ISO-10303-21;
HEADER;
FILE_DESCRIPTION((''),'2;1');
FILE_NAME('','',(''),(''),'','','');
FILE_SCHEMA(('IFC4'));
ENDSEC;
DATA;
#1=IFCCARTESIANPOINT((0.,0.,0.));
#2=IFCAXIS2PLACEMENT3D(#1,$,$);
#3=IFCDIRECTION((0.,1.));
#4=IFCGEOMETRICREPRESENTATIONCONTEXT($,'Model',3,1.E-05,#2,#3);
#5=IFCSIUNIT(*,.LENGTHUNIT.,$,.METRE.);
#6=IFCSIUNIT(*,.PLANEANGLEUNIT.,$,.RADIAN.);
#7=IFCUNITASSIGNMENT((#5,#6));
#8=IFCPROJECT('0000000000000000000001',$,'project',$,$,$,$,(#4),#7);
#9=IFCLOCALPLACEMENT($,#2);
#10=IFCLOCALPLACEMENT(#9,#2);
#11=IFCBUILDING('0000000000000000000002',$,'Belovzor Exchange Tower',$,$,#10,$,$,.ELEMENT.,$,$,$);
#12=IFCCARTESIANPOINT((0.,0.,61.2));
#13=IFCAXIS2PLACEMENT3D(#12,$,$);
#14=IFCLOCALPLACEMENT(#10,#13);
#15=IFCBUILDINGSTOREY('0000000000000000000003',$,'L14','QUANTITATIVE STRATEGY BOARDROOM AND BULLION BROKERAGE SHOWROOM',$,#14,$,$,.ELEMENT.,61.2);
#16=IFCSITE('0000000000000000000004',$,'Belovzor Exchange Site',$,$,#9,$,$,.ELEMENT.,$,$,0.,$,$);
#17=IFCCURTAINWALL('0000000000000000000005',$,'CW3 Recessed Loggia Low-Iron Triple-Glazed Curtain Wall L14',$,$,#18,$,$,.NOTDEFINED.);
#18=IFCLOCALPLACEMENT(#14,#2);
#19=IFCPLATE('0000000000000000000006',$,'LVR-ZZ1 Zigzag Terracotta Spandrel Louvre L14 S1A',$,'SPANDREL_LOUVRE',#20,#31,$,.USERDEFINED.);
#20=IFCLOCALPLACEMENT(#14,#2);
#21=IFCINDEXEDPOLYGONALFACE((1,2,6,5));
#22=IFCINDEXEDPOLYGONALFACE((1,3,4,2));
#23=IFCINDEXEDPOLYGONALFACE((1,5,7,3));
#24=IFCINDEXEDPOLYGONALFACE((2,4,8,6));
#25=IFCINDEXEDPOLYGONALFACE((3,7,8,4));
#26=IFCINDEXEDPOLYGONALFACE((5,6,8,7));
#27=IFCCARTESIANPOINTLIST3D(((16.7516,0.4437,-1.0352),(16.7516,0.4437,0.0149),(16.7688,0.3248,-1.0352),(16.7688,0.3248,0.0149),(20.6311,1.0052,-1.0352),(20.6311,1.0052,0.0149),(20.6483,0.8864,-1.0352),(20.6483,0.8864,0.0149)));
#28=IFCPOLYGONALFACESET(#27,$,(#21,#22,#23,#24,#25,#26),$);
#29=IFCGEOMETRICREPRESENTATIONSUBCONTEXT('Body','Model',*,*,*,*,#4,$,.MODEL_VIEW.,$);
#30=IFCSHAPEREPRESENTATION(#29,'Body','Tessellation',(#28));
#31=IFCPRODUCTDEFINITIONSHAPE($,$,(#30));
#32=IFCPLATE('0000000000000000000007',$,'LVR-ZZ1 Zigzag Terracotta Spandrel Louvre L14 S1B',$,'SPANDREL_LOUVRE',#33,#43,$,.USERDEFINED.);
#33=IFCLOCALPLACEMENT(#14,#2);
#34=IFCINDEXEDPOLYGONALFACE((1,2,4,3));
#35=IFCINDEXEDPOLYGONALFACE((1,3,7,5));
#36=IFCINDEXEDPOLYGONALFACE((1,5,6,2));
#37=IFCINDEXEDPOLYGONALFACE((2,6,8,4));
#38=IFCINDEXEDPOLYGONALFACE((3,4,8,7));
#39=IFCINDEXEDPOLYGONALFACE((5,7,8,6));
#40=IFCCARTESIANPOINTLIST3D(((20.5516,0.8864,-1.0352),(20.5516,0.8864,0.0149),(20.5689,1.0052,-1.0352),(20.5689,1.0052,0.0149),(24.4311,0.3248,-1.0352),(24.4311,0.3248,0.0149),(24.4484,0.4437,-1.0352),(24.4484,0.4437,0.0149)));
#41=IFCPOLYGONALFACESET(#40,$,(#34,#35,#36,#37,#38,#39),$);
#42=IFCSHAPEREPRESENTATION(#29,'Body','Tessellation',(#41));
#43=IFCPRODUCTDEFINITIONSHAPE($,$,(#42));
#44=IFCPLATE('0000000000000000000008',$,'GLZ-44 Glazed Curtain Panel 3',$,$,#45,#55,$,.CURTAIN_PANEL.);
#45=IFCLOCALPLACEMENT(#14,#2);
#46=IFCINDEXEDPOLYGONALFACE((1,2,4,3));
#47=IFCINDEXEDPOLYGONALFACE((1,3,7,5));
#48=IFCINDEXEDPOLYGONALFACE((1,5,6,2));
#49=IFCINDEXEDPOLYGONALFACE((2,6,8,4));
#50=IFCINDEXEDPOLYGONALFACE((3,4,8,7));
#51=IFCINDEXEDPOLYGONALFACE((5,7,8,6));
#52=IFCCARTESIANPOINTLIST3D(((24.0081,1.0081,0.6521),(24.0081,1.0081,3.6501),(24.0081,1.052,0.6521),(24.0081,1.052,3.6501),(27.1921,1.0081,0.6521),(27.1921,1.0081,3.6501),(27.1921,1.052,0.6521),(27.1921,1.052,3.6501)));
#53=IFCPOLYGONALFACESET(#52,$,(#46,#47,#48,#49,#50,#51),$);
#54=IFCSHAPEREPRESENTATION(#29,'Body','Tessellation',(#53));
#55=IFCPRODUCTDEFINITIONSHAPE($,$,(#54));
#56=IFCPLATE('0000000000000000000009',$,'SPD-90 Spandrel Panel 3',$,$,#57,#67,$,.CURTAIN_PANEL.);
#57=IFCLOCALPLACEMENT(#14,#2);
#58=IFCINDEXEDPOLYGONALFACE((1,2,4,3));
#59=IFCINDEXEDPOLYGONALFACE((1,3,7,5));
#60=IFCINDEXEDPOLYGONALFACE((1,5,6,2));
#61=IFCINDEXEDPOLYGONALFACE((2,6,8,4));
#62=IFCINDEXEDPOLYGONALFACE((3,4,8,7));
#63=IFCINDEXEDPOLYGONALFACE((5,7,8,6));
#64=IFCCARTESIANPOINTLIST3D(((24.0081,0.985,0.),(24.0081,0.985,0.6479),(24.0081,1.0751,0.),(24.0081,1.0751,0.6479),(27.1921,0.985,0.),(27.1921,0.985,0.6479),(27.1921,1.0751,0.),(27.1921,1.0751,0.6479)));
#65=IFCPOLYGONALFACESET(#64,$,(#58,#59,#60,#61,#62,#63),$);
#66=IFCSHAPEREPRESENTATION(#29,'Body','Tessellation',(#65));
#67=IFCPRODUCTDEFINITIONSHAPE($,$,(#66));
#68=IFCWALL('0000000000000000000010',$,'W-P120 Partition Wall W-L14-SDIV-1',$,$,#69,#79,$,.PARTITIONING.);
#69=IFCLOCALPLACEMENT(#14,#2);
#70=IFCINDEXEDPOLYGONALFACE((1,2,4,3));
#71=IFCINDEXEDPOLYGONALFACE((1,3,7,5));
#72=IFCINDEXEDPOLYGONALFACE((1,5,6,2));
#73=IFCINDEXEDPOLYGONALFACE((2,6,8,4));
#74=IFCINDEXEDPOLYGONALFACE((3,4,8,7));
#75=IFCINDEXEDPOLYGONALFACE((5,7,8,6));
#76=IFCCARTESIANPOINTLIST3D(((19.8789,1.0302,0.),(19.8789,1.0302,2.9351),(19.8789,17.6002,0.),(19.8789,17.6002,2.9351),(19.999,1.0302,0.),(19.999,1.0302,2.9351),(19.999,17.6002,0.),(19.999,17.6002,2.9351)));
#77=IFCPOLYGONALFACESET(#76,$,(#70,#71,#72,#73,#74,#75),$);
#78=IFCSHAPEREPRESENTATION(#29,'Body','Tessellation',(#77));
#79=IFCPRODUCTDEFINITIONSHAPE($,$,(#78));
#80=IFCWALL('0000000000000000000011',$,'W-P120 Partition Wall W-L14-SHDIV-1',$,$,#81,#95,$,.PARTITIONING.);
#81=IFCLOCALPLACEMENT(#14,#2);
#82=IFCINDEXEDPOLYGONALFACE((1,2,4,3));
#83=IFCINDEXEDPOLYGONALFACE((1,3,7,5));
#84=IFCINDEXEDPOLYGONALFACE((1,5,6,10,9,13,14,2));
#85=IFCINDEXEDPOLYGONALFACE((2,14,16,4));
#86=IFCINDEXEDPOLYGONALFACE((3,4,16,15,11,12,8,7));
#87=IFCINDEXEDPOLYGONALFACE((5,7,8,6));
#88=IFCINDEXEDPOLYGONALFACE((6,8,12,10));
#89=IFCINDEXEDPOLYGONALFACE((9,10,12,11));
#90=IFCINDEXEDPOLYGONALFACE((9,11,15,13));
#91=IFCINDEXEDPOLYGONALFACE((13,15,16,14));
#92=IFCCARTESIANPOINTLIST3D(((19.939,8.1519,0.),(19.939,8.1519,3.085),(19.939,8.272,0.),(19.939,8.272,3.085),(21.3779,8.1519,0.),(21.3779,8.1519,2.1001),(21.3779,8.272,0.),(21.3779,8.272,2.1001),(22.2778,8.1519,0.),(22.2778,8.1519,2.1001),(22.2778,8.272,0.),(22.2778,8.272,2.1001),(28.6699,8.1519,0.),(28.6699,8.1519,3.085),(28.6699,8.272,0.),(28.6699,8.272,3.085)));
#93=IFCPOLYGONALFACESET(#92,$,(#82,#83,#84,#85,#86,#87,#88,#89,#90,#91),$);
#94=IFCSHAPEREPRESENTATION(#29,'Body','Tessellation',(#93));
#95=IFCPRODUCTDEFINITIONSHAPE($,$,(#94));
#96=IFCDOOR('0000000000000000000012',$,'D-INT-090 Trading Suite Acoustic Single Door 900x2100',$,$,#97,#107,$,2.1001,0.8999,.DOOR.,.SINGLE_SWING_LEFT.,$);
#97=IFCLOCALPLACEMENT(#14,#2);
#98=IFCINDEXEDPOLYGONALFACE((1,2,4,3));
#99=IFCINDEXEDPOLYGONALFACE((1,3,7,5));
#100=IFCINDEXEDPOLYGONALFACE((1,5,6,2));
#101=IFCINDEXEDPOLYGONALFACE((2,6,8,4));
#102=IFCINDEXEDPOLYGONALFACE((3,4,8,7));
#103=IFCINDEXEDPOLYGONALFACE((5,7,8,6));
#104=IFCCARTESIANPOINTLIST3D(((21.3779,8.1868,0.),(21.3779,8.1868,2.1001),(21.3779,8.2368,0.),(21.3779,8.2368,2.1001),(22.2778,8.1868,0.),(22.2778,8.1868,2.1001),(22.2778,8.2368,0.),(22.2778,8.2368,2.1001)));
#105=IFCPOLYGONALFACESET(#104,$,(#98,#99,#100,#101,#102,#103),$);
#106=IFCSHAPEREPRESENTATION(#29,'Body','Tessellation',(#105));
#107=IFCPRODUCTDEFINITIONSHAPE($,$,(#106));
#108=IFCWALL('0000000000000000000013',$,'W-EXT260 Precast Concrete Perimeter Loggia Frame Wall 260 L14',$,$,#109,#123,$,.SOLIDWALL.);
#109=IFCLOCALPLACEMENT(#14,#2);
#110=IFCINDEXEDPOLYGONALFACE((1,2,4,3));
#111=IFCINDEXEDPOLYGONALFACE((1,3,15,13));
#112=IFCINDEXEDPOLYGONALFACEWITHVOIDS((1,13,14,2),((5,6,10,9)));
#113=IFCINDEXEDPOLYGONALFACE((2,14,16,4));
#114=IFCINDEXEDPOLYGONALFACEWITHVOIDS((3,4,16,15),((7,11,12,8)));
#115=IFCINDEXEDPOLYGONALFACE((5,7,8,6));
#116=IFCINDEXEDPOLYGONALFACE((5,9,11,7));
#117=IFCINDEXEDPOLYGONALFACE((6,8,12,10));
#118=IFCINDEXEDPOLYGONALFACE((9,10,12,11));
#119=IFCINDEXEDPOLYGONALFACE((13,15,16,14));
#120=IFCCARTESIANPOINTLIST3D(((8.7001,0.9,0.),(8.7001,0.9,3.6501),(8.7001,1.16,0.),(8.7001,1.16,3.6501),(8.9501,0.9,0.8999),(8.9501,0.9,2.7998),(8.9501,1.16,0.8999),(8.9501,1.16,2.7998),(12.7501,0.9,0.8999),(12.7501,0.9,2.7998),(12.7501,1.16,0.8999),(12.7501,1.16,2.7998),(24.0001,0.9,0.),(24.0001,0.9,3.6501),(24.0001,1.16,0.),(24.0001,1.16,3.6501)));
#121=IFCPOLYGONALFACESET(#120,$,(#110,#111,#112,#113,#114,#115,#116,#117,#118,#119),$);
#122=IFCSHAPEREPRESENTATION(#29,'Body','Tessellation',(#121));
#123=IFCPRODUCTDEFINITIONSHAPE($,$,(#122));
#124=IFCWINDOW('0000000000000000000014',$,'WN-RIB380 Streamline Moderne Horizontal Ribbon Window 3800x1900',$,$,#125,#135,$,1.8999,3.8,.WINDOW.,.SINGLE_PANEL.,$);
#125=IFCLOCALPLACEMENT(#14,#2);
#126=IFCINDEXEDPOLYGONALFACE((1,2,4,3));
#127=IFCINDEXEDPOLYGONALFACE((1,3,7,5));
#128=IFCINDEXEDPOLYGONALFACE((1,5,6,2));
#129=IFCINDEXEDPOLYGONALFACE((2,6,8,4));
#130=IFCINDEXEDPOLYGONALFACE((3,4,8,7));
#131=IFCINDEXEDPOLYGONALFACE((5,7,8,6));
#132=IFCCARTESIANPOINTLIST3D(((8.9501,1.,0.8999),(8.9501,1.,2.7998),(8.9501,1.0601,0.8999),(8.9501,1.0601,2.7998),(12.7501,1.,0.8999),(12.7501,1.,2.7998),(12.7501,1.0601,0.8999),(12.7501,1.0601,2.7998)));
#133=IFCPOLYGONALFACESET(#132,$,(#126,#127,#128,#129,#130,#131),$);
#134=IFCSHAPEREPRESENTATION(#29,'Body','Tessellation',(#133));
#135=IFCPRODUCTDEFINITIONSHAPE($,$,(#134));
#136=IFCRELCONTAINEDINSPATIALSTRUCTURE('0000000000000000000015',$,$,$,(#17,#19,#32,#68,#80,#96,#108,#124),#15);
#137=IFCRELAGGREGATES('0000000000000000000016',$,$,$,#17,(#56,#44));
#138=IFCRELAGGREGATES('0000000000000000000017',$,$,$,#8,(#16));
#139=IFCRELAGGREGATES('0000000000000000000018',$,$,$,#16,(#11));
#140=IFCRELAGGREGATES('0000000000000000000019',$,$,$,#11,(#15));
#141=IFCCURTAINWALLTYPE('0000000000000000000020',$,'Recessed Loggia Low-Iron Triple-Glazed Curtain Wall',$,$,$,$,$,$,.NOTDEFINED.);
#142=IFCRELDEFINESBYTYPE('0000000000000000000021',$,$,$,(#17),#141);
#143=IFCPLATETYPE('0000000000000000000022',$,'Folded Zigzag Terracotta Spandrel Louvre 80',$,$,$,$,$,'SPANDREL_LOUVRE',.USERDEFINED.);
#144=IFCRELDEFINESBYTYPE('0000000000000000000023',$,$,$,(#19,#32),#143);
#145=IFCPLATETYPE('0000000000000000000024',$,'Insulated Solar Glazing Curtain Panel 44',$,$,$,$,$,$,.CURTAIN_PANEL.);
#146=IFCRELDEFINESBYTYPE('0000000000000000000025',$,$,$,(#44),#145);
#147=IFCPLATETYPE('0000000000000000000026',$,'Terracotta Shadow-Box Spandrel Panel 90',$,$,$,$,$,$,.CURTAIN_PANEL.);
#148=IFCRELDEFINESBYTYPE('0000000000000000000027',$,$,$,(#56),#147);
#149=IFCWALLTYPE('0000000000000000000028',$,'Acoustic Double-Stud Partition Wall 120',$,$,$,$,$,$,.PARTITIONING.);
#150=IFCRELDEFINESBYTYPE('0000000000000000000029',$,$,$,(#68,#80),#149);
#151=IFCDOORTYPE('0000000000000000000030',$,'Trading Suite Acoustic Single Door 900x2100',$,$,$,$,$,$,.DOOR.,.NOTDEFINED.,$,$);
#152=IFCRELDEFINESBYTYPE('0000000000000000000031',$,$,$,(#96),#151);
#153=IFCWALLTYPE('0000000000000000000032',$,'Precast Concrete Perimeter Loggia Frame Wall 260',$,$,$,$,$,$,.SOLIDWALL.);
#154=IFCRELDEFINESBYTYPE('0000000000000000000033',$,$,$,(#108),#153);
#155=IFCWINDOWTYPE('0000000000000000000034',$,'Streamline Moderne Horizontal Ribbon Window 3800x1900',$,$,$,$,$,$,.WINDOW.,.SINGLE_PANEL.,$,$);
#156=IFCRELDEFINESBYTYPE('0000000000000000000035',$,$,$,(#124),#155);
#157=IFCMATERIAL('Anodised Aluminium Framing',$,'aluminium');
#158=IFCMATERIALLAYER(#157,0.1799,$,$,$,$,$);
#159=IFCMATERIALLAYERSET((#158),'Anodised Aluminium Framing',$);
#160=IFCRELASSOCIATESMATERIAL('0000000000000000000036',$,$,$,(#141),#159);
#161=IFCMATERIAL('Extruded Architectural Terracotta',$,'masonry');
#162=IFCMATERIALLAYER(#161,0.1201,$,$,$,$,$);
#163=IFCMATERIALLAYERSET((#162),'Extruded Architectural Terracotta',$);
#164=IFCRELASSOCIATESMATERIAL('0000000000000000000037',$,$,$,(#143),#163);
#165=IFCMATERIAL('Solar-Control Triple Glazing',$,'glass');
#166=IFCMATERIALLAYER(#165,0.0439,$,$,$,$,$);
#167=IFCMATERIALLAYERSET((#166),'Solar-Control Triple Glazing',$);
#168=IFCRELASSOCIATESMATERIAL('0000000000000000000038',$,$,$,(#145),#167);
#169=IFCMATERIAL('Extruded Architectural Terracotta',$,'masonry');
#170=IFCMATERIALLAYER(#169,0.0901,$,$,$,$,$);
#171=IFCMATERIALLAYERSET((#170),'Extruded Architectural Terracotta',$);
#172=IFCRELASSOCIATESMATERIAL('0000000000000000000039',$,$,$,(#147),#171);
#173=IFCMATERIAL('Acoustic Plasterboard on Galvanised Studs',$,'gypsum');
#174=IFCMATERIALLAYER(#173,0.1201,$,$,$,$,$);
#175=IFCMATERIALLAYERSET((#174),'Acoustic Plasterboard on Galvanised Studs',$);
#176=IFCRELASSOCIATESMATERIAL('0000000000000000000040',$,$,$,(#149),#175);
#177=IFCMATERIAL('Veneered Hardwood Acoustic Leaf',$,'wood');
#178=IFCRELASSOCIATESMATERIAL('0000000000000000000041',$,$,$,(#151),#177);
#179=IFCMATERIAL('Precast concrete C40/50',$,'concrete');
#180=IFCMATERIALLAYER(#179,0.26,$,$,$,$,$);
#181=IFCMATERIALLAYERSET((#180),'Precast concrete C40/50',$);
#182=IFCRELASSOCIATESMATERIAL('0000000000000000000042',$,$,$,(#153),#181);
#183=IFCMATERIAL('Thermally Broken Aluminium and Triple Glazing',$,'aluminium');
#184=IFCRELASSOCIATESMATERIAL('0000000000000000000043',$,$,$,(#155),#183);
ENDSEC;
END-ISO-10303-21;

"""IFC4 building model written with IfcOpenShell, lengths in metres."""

from ifc_helpers import new_model, si_unit, direction, frame, frame_2d, origin, origin_2d, place, context, subcontext, project, spatial, rectangle, extrude, material, layer, layer_set, type_object, element, fill, aggregate, save


model = new_model("IFC4")

# Units and contexts
model_context = context("Model", 3, precision=1e-05, world=origin(), true_north=direction((0.0, 1.0)))
body_context = subcontext(model_context, "Body", "Model", "MODEL_VIEW")
ifc_project = project(units=[si_unit("LENGTHUNIT", "METRE"), si_unit("PLANEANGLEUNIT", "RADIAN")], contexts=[model_context])

# Site, building, storey
site_placement = place(None, origin())
site = spatial("IfcSite", under=ifc_project, at=site_placement, Name="Belovzor Exchange Site", CompositionType="ELEMENT", RefElevation=0.0)
building_placement = place(site_placement, origin())
building = spatial("IfcBuilding", under=site, at=building_placement, Name="Belovzor Exchange Tower", CompositionType="ELEMENT")
storey_placement = place(building_placement, frame((0.0, 0.0, 61.2)))
storey = spatial("IfcBuildingStorey", under=building, at=storey_placement, Name="L14", Description="QUANTITATIVE STRATEGY BOARDROOM AND BULLION BROKERAGE SHOWROOM", CompositionType="ELEMENT", Elevation=61.2)

# Curtain wall
ifc_material_1 = material(Name="Anodised Aluminium Framing", Category="aluminium")
ifc_layer_1 = layer(ifc_material_1, 0.1799)
ifc_layer_set_1 = layer_set([ifc_layer_1], Name="Anodised Aluminium Framing")
curtain_wall_type = type_object("IfcCurtainWallType", Name="Recessed Loggia Low-Iron Triple-Glazed Curtain Wall", PredefinedType="NOTDEFINED", material=ifc_layer_set_1)
curtain_wall_placement = place(storey_placement, origin())
curtain_wall = element("IfcCurtainWall", 1, at=curtain_wall_placement, inside=storey, type_object=curtain_wall_type, Name="CW3 Recessed Loggia Low-Iron Triple-Glazed Curtain Wall L14", PredefinedType="NOTDEFINED")

# Plates
ifc_material_2 = material(Name="Extruded Architectural Terracotta", Category="masonry")
ifc_layer_2 = layer(ifc_material_2, 0.1201)
ifc_layer_set_2 = layer_set([ifc_layer_2], Name="Extruded Architectural Terracotta")
plate_type_1 = type_object("IfcPlateType", Name="Folded Zigzag Terracotta Spandrel Louvre 80", ElementType="SPANDREL_LOUVRE", PredefinedType="USERDEFINED", material=ifc_layer_set_2)
for number, where, z_axis, x_axis, name in (
    (2, (18.7, 0.665, -1.0352), (0.0, 0.0, 1.0), (0.989686, 0.143251, 0.0), "LVR-ZZ1 Zigzag Terracotta Spandrel Louvre L14 S1A"),
    (3, (22.5, 0.665, -1.0352), (0.0, 0.0, 1.0), (0.989686, -0.143251, 0.0), "LVR-ZZ1 Zigzag Terracotta Spandrel Louvre L14 S1B"),
):
    element("IfcPlate", number, at=place(storey_placement, frame(where, z_axis=z_axis, x_axis=x_axis)), inside=storey, type_object=plate_type_1, Name=name, ObjectType="SPANDREL_LOUVRE", PredefinedType="USERDEFINED", context=body_context, shape_type="SweptSolid", body=[
        extrude(rectangle(XDim=3.9199, YDim=0.1201, at=origin_2d()), origin(), (0.0, 0.0, 1.0), 1.05),
    ])

# Plates
ifc_material_3 = material(Name="Solar-Control Triple Glazing", Category="glass")
ifc_layer_3 = layer(ifc_material_3, 0.0439)
ifc_layer_set_3 = layer_set([ifc_layer_3], Name="Solar-Control Triple Glazing")
plate_type_2 = type_object("IfcPlateType", Name="Insulated Solar Glazing Curtain Panel 44", PredefinedType="CURTAIN_PANEL", material=ifc_layer_set_3)
plate_1_placement = place(storey_placement, frame((25.6001, 1.03, 0.6521), z_axis=(0.0, 0.0, 1.0), x_axis=(-1.0, 0.0, 0.0)))
plate_1 = element("IfcPlate", 4, at=plate_1_placement, type_object=plate_type_2, Name="GLZ-44 Glazed Curtain Panel 3", PredefinedType="CURTAIN_PANEL", context=body_context, shape_type="SweptSolid", body=[
    extrude(rectangle(XDim=3.1841, YDim=0.0439, at=origin_2d()), origin(), (0.0, 0.0, 1.0), 2.998),
])
ifc_material_4 = material(Name="Extruded Architectural Terracotta", Category="masonry")
ifc_layer_4 = layer(ifc_material_4, 0.0901)
ifc_layer_set_4 = layer_set([ifc_layer_4], Name="Extruded Architectural Terracotta")
plate_type_3 = type_object("IfcPlateType", Name="Terracotta Shadow-Box Spandrel Panel 90", PredefinedType="CURTAIN_PANEL", material=ifc_layer_set_4)
plate_2_placement = place(storey_placement, frame((25.6001, 1.03, 0.0), z_axis=(0.0, 0.0, 1.0), x_axis=(-1.0, 0.0, 0.0)))
plate_2 = element("IfcPlate", 5, at=plate_2_placement, type_object=plate_type_3, Name="SPD-90 Spandrel Panel 3", PredefinedType="CURTAIN_PANEL", context=body_context, shape_type="SweptSolid", body=[
    extrude(rectangle(XDim=3.1841, YDim=0.0901, at=origin_2d()), origin(), (0.0, 0.0, 1.0), 0.6479),
])
aggregate(curtain_wall, [plate_2, plate_1])

# Wall
ifc_material_5 = material(Name="Acoustic Plasterboard on Galvanised Studs", Category="gypsum")
ifc_layer_5 = layer(ifc_material_5, 0.1201)
ifc_layer_set_5 = layer_set([ifc_layer_5], Name="Acoustic Plasterboard on Galvanised Studs")
wall_type_1 = type_object("IfcWallType", Name="Acoustic Double-Stud Partition Wall 120", PredefinedType="PARTITIONING", material=ifc_layer_set_5)
wall_1_placement = place(storey_placement, frame((19.939, 1.03, 0.0), z_axis=(0.0, 0.0, 1.0), x_axis=(0.0, 1.0, 0.0)))
element("IfcWall", 6, at=wall_1_placement, inside=storey, type_object=wall_type_1, Name="W-P120 Partition Wall W-L14-SDIV-1", PredefinedType="PARTITIONING", context=body_context, shape_type="SweptSolid", body=[
    extrude(rectangle(XDim=16.5701, YDim=0.1201, at=frame_2d((8.2852, 0.0))), origin(), (0.0, 0.0, 1.0), 2.9351),
])

# Wall, opening, door
wall_2_placement = place(storey_placement, frame((19.939, 8.2119, 0.0), z_axis=(0.0, 0.0, 1.0), x_axis=(1.0, 0.0, 0.0)))
wall_2 = element("IfcWall", 7, at=wall_2_placement, inside=storey, type_object=wall_type_1, Name="W-P120 Partition Wall W-L14-SHDIV-1", PredefinedType="PARTITIONING", context=body_context, shape_type="SweptSolid", body=[
    extrude(rectangle(XDim=8.731, YDim=0.1201, at=frame_2d((4.3655, 0.0))), origin(), (0.0, 0.0, 1.0), 3.085),
])
opening_1_placement = place(wall_2_placement, frame((1.439, 0.0, 0.0)))
opening_1 = element("IfcOpeningElement", 8, at=opening_1_placement, cuts=wall_2, PredefinedType="OPENING", context=body_context, shape_type="SweptSolid", body=[
    extrude(rectangle(XDim=0.8999, YDim=2.1001, at=frame_2d((0.45, 1.05))), frame((0.0, 0.0701, 0.0), z_axis=(0.0, -1.0, 0.0), x_axis=(1.0, 0.0, 0.0)), (0.0, 0.0, 1.0), 0.1401),
])
ifc_material_6 = material(Name="Veneered Hardwood Acoustic Leaf", Category="wood")
door_type = type_object("IfcDoorType", Name="Trading Suite Acoustic Single Door 900x2100", OperationType="NOTDEFINED", PredefinedType="DOOR", material=ifc_material_6)
door_placement = place(opening_1_placement, origin())
door = element("IfcDoor", 9, at=door_placement, inside=storey, type_object=door_type, Name="D-INT-090 Trading Suite Acoustic Single Door 900x2100", OperationType="SINGLE_SWING_LEFT", OverallHeight=2.1001, OverallWidth=0.8999, PredefinedType="DOOR", context=body_context, shape_type="SweptSolid", body=[
    extrude(rectangle(XDim=0.8999, YDim=2.1001, at=frame_2d((0.45, 1.05))), frame((0.0, 0.0249, 0.0), z_axis=(0.0, -1.0, 0.0), x_axis=(1.0, 0.0, 0.0)), (0.0, 0.0, 1.0), 0.05),
])
fill(opening_1, door)

# Wall, opening, window
ifc_material_7 = material(Name="Precast concrete C40/50", Category="concrete")
ifc_layer_6 = layer(ifc_material_7, 0.26)
ifc_layer_set_6 = layer_set([ifc_layer_6], Name="Precast concrete C40/50")
wall_type_2 = type_object("IfcWallType", Name="Precast Concrete Perimeter Loggia Frame Wall 260", PredefinedType="SOLIDWALL", material=ifc_layer_set_6)
wall_3_placement = place(storey_placement, frame((24.0, 1.03, 0.0), z_axis=(0.0, 0.0, 1.0), x_axis=(-1.0, 0.0, 0.0)))
wall_3 = element("IfcWall", 10, at=wall_3_placement, inside=storey, type_object=wall_type_2, Name="W-EXT260 Precast Concrete Perimeter Loggia Frame Wall 260 L14", PredefinedType="SOLIDWALL", context=body_context, shape_type="SweptSolid", body=[
    extrude(rectangle(XDim=15.3, YDim=0.26, at=frame_2d((7.6499, 0.0))), origin(), (0.0, 0.0, 1.0), 3.6501),
])
opening_2_placement = place(wall_3_placement, frame((11.25, 0.0, 0.8999)))
opening_2 = element("IfcOpeningElement", 11, at=opening_2_placement, cuts=wall_3, PredefinedType="OPENING", context=body_context, shape_type="SweptSolid", body=[
    extrude(rectangle(XDim=3.8, YDim=1.8999, at=frame_2d((1.8999, 0.95))), frame((0.0, 0.1399, 0.0), z_axis=(0.0, -1.0, 0.0), x_axis=(1.0, 0.0, 0.0)), (0.0, 0.0, 1.0), 0.28),
])
ifc_material_8 = material(Name="Thermally Broken Aluminium and Triple Glazing", Category="aluminium")
window_type = type_object("IfcWindowType", Name="Streamline Moderne Horizontal Ribbon Window 3800x1900", PartitioningType="SINGLE_PANEL", PredefinedType="WINDOW", material=ifc_material_8)
window_placement = place(opening_2_placement, origin())
window = element("IfcWindow", 12, at=window_placement, inside=storey, type_object=window_type, Name="WN-RIB380 Streamline Moderne Horizontal Ribbon Window 3800x1900", OverallHeight=1.8999, OverallWidth=3.8, PartitioningType="SINGLE_PANEL", PredefinedType="WINDOW", context=body_context, shape_type="SweptSolid", body=[
    extrude(rectangle(XDim=3.8, YDim=1.8999, at=frame_2d((1.8999, 0.95))), frame((0.0, 0.03, 0.0), z_axis=(0.0, -1.0, 0.0), x_axis=(1.0, 0.0, 0.0)), (0.0, 0.0, 1.0), 0.0601),
])
fill(opening_2, window)

save(model, "model.ifc")
